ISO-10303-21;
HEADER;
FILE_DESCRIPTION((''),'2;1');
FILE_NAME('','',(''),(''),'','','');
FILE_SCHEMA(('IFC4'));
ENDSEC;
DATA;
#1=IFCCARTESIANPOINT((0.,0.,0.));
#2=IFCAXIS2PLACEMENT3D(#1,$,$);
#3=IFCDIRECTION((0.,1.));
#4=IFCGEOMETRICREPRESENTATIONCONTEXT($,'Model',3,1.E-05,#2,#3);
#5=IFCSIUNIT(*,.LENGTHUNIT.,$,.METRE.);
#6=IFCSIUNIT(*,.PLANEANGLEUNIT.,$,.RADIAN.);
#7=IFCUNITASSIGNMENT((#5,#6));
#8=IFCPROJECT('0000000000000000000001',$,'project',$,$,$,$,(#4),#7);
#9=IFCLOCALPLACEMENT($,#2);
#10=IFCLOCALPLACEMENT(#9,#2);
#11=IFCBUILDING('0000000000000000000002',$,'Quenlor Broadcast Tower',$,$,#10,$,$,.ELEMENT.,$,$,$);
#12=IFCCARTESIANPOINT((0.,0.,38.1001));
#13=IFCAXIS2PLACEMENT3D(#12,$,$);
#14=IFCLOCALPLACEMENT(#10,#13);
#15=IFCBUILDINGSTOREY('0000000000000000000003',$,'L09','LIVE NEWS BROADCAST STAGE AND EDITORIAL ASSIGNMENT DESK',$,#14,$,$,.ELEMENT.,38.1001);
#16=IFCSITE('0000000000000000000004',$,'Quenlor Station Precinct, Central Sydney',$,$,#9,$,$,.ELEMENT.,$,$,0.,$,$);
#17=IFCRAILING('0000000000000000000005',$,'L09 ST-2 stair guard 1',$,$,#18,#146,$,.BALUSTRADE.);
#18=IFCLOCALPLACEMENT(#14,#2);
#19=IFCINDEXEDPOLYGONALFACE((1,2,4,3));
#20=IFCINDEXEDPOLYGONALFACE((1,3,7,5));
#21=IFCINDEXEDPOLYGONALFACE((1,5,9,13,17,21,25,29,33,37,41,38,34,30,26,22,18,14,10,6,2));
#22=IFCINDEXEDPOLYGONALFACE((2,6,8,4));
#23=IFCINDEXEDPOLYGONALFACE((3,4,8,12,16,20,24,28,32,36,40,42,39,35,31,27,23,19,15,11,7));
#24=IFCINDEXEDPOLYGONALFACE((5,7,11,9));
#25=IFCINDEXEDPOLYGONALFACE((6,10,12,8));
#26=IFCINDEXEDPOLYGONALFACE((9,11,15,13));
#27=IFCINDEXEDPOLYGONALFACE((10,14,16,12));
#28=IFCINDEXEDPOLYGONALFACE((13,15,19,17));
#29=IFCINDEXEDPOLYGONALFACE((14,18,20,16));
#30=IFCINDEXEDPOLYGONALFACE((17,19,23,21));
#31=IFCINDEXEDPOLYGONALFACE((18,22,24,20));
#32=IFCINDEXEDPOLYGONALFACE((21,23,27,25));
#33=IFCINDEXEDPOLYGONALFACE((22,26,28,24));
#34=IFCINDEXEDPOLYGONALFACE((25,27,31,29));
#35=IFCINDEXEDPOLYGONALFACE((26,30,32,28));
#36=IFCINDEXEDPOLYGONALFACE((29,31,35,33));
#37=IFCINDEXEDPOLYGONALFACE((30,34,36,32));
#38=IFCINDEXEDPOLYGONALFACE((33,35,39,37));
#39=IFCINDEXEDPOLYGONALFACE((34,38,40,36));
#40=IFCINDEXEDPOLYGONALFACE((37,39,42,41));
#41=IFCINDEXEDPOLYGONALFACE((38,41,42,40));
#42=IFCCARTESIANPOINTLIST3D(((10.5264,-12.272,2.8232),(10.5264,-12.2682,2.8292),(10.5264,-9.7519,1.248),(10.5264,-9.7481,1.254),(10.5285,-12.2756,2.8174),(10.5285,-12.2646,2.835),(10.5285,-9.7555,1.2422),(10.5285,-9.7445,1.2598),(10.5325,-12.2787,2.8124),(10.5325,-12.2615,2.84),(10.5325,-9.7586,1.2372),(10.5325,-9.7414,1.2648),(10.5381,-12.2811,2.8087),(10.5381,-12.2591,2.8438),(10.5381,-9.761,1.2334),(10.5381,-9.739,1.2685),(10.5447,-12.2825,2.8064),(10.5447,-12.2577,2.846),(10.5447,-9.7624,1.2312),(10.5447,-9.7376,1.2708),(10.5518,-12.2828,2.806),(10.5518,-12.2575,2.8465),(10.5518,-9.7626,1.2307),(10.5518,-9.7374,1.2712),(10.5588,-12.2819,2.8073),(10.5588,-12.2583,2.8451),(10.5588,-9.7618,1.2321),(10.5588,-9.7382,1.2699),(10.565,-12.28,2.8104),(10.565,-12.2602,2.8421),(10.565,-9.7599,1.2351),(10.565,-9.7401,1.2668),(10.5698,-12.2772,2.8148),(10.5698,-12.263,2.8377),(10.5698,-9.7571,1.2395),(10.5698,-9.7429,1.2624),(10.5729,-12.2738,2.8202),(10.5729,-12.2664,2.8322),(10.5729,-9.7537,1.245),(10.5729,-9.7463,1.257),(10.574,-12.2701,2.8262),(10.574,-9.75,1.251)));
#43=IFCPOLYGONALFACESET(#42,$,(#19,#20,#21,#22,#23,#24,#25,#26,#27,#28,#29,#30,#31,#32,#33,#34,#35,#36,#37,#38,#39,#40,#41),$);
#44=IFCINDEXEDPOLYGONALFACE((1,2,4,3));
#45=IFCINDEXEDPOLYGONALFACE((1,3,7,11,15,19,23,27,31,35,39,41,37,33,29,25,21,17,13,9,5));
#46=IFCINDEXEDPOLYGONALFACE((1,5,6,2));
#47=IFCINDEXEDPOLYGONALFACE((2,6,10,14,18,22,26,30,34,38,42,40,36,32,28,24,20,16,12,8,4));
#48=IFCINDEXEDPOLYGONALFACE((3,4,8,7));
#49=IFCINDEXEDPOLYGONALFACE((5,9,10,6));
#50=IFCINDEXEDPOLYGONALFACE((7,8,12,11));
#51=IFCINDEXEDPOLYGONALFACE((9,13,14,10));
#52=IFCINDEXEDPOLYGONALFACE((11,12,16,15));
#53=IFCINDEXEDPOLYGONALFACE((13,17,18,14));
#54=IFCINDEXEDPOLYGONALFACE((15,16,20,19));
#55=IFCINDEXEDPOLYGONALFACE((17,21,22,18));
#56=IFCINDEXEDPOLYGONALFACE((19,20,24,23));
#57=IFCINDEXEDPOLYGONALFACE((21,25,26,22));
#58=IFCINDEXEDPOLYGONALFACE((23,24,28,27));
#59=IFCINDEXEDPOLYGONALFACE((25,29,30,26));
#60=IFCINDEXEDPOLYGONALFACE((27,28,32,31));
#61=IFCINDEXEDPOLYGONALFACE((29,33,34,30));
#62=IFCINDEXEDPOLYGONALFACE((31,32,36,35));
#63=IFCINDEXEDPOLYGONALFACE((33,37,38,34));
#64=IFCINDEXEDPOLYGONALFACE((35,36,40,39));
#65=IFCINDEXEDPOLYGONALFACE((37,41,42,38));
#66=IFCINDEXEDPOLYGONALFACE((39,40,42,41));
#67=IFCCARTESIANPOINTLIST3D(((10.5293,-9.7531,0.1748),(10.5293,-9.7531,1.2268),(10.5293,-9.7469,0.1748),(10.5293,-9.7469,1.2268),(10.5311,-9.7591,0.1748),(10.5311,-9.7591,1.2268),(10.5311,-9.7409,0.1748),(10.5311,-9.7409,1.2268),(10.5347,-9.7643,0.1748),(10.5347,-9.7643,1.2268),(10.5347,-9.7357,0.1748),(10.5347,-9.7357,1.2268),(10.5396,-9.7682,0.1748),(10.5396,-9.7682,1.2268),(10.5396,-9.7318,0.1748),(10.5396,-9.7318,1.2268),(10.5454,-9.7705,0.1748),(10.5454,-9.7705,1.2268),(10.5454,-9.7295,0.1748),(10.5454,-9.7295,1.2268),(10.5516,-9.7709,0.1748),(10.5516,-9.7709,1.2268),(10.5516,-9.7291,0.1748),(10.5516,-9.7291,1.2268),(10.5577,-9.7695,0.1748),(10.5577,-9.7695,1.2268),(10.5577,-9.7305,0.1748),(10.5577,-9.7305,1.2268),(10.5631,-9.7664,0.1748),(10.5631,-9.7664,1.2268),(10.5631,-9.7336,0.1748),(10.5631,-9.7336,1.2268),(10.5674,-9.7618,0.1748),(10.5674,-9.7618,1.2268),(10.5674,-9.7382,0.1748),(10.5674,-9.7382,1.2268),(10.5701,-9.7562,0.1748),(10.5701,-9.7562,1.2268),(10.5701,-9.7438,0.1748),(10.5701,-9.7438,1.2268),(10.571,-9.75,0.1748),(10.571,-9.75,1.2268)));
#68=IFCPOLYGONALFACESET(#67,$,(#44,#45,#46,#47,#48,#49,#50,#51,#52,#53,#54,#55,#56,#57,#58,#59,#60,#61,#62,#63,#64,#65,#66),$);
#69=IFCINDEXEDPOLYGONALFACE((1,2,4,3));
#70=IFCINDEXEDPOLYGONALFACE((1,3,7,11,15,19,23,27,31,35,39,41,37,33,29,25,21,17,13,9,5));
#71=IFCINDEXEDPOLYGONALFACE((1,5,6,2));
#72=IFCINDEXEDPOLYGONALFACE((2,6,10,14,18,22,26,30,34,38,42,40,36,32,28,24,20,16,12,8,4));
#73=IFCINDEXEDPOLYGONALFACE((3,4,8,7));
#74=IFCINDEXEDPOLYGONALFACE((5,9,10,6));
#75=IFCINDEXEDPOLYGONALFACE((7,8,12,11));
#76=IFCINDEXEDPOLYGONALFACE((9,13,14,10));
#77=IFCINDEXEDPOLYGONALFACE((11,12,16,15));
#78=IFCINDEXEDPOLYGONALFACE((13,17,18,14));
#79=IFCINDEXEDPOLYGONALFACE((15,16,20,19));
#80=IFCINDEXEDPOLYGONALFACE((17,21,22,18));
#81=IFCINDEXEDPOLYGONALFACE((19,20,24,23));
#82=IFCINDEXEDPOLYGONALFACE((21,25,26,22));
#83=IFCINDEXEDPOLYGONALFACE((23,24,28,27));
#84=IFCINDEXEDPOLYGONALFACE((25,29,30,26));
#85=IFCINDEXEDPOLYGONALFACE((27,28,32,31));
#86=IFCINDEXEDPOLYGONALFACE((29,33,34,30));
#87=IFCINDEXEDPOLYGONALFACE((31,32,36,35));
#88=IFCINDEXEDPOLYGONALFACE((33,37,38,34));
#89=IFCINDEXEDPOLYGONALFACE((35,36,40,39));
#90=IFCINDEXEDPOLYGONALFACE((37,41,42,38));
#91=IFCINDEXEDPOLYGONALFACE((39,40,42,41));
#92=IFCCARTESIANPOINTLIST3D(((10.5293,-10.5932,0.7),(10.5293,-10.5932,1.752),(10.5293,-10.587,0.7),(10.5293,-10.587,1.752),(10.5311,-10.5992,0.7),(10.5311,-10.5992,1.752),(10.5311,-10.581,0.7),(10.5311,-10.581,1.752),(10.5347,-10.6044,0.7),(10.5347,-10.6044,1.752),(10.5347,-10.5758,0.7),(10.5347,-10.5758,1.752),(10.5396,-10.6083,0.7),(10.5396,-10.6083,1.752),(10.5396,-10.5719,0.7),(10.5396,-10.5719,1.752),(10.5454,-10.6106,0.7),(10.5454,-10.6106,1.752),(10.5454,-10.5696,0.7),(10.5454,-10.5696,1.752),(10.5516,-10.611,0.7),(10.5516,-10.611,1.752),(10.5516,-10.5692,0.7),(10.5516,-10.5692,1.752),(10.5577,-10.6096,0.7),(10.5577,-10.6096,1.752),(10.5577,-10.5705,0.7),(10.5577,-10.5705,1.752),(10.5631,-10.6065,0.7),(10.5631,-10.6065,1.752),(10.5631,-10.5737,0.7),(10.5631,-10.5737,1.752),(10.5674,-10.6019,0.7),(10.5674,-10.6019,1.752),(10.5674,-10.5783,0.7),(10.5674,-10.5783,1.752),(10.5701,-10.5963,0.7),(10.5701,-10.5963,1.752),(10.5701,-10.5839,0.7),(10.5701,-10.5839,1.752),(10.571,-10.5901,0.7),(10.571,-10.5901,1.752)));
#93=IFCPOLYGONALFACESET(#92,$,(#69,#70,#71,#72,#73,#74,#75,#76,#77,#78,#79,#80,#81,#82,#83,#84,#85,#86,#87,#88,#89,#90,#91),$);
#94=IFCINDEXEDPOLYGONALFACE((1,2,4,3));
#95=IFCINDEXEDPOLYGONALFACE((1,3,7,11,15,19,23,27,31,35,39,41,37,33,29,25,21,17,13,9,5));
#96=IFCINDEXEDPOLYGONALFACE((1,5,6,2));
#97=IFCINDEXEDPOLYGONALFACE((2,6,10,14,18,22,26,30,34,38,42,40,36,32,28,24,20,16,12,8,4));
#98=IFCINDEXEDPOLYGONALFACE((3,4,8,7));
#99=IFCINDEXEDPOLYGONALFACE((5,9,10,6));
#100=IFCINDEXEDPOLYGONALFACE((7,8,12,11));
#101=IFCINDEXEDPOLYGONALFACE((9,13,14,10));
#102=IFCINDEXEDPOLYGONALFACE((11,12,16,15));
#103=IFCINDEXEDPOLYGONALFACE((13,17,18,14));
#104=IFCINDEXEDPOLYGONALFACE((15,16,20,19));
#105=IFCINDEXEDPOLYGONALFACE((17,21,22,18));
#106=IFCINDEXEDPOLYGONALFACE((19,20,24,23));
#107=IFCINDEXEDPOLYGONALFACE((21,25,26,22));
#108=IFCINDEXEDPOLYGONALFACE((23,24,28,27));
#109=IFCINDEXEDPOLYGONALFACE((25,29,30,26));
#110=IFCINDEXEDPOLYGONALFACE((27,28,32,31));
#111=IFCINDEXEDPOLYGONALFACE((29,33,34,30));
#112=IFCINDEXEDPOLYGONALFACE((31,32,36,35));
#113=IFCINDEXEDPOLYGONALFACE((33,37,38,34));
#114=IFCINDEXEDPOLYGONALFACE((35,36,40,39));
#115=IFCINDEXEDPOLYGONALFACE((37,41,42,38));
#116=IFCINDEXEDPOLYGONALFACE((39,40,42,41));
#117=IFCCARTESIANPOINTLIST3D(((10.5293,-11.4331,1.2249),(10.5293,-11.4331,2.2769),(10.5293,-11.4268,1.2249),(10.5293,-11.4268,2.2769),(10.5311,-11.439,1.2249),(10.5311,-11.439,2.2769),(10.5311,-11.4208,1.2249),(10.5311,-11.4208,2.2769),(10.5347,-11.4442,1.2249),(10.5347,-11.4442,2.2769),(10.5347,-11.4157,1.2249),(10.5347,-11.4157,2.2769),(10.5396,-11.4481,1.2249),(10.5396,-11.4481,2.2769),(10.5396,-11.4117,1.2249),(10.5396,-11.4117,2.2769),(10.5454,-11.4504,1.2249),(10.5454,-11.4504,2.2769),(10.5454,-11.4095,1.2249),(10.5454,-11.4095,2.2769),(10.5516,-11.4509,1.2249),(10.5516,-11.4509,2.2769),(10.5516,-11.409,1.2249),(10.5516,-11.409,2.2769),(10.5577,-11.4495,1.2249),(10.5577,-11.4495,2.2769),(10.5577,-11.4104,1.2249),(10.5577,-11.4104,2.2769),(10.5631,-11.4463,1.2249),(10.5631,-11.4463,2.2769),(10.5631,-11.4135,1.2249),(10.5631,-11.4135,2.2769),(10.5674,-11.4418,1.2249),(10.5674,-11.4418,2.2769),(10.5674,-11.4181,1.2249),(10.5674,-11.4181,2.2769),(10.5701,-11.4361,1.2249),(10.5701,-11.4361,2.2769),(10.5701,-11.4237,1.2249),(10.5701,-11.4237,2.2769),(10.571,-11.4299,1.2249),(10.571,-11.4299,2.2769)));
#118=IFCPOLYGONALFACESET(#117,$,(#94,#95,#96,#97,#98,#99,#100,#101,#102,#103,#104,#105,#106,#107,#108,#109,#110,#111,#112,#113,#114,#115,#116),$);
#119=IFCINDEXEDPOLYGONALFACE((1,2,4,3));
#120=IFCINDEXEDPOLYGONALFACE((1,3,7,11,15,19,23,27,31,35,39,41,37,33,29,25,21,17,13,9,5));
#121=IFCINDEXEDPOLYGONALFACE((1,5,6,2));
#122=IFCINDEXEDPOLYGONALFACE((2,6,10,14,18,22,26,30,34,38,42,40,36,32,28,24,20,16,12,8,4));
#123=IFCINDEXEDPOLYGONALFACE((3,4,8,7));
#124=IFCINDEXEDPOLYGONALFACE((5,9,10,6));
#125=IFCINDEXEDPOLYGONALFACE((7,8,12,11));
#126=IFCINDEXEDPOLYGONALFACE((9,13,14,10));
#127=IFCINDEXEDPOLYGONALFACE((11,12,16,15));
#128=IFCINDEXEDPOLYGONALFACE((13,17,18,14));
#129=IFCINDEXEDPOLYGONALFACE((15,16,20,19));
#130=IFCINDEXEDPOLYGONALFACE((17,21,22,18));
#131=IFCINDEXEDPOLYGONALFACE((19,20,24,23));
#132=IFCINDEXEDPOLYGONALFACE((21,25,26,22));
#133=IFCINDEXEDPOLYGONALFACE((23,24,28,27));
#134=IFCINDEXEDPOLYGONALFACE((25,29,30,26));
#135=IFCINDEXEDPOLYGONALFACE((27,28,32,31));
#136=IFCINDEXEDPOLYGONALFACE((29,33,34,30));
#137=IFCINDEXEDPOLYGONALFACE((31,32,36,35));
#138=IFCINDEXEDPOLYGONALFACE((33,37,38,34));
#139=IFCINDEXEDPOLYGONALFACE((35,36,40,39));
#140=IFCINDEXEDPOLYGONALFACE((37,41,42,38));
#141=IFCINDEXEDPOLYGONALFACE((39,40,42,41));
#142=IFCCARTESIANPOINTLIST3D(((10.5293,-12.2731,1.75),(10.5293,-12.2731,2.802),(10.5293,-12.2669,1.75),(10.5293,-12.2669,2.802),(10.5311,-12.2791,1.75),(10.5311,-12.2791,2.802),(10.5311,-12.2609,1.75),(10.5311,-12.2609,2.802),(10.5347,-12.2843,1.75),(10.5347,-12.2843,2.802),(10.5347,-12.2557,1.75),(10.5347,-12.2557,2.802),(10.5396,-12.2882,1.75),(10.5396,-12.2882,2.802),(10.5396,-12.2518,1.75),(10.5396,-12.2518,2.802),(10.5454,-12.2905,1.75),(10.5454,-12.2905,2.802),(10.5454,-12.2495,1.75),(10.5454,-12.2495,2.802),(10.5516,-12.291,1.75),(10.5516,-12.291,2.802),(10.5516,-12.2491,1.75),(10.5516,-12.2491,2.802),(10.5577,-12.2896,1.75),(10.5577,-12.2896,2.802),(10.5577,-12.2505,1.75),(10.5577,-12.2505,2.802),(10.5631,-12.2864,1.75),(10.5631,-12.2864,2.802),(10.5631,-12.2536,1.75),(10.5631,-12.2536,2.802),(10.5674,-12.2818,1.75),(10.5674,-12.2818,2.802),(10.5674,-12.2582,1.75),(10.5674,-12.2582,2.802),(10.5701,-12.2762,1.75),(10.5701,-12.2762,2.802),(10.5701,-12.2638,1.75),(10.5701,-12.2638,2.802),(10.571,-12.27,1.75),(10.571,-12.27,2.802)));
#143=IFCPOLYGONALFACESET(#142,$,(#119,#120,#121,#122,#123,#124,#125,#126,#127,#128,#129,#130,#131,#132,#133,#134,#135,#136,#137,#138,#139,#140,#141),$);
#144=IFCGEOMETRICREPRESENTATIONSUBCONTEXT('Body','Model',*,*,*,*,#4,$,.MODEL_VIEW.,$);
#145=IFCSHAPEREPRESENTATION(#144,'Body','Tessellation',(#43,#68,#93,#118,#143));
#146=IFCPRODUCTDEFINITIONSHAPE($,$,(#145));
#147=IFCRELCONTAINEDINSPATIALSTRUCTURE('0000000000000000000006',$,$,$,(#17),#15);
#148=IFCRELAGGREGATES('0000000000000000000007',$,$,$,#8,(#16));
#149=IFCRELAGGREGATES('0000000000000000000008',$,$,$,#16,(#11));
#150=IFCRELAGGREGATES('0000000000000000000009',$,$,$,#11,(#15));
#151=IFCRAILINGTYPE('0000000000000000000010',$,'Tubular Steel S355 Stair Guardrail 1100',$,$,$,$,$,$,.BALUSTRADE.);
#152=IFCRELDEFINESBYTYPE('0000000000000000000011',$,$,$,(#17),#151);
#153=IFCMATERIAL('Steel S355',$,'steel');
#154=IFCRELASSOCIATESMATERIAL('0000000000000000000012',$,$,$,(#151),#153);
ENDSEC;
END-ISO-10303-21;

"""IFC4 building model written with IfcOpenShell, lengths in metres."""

from ifc_helpers import new_model, si_unit, direction, frame, origin, origin_2d, place, context, subcontext, project, spatial, circle, extrude, material, type_object, element, save


model = new_model("IFC4")

# Units and contexts
model_context = context("Model", 3, precision=1e-05, world=origin(), true_north=direction((0.0, 1.0)))
body_context = subcontext(model_context, "Body", "Model", "MODEL_VIEW")
ifc_project = project(units=[si_unit("LENGTHUNIT", "METRE"), si_unit("PLANEANGLEUNIT", "RADIAN")], contexts=[model_context])

# Site, building, storey
site_placement = place(None, origin())
site = spatial("IfcSite", under=ifc_project, at=site_placement, Name="Quenlor Station Precinct, Central Sydney", CompositionType="ELEMENT", RefElevation=0.0)
building_placement = place(site_placement, origin())
building = spatial("IfcBuilding", under=site, at=building_placement, Name="Quenlor Broadcast Tower", CompositionType="ELEMENT")
storey_placement = place(building_placement, frame((0.0, 0.0, 38.1001)))
storey = spatial("IfcBuildingStorey", under=building, at=storey_placement, Name="L09", Description="LIVE NEWS BROADCAST STAGE AND EDITORIAL ASSIGNMENT DESK", CompositionType="ELEMENT", Elevation=38.1001)

# Railing
ifc_material_1 = material(Name="Steel S355", Category="steel")
railing_type_1 = type_object("IfcRailingType", Name="Tubular Steel S355 Stair Guardrail 1100", PredefinedType="BALUSTRADE", material=ifc_material_1)
railing_1_placement = place(storey_placement, frame((10.55, -9.75, 0.1748)))
element("IfcRailing", 1, at=railing_1_placement, inside=storey, type_object=railing_type_1, Name="L09 ST-2 stair guard 1", PredefinedType="BALUSTRADE", context=body_context, shape_type="SweptSolid", body=[
    extrude(circle(Radius=0.0239, at=origin_2d()), frame((0.0, 0.0, 1.0762), z_axis=(0.0, -0.847971, 0.530043), x_axis=(1.0, 0.0, 0.0)), (0.0, 0.0, 1.0), 2.9719),
    extrude(circle(Radius=0.021, at=origin_2d()), origin(), (0.0, 0.0, 1.0), 1.052),
    extrude(circle(Radius=0.021, at=origin_2d()), frame((0.0, -0.8401, 0.5251)), (0.0, 0.0, 1.0), 1.052),
    extrude(circle(Radius=0.021, at=origin_2d()), frame((0.0, -1.6799, 1.05)), (0.0, 0.0, 1.0), 1.052),
    extrude(circle(Radius=0.021, at=origin_2d()), frame((0.0, -2.52, 1.5752)), (0.0, 0.0, 1.0), 1.052),
])

save(model, "model.ifc")
